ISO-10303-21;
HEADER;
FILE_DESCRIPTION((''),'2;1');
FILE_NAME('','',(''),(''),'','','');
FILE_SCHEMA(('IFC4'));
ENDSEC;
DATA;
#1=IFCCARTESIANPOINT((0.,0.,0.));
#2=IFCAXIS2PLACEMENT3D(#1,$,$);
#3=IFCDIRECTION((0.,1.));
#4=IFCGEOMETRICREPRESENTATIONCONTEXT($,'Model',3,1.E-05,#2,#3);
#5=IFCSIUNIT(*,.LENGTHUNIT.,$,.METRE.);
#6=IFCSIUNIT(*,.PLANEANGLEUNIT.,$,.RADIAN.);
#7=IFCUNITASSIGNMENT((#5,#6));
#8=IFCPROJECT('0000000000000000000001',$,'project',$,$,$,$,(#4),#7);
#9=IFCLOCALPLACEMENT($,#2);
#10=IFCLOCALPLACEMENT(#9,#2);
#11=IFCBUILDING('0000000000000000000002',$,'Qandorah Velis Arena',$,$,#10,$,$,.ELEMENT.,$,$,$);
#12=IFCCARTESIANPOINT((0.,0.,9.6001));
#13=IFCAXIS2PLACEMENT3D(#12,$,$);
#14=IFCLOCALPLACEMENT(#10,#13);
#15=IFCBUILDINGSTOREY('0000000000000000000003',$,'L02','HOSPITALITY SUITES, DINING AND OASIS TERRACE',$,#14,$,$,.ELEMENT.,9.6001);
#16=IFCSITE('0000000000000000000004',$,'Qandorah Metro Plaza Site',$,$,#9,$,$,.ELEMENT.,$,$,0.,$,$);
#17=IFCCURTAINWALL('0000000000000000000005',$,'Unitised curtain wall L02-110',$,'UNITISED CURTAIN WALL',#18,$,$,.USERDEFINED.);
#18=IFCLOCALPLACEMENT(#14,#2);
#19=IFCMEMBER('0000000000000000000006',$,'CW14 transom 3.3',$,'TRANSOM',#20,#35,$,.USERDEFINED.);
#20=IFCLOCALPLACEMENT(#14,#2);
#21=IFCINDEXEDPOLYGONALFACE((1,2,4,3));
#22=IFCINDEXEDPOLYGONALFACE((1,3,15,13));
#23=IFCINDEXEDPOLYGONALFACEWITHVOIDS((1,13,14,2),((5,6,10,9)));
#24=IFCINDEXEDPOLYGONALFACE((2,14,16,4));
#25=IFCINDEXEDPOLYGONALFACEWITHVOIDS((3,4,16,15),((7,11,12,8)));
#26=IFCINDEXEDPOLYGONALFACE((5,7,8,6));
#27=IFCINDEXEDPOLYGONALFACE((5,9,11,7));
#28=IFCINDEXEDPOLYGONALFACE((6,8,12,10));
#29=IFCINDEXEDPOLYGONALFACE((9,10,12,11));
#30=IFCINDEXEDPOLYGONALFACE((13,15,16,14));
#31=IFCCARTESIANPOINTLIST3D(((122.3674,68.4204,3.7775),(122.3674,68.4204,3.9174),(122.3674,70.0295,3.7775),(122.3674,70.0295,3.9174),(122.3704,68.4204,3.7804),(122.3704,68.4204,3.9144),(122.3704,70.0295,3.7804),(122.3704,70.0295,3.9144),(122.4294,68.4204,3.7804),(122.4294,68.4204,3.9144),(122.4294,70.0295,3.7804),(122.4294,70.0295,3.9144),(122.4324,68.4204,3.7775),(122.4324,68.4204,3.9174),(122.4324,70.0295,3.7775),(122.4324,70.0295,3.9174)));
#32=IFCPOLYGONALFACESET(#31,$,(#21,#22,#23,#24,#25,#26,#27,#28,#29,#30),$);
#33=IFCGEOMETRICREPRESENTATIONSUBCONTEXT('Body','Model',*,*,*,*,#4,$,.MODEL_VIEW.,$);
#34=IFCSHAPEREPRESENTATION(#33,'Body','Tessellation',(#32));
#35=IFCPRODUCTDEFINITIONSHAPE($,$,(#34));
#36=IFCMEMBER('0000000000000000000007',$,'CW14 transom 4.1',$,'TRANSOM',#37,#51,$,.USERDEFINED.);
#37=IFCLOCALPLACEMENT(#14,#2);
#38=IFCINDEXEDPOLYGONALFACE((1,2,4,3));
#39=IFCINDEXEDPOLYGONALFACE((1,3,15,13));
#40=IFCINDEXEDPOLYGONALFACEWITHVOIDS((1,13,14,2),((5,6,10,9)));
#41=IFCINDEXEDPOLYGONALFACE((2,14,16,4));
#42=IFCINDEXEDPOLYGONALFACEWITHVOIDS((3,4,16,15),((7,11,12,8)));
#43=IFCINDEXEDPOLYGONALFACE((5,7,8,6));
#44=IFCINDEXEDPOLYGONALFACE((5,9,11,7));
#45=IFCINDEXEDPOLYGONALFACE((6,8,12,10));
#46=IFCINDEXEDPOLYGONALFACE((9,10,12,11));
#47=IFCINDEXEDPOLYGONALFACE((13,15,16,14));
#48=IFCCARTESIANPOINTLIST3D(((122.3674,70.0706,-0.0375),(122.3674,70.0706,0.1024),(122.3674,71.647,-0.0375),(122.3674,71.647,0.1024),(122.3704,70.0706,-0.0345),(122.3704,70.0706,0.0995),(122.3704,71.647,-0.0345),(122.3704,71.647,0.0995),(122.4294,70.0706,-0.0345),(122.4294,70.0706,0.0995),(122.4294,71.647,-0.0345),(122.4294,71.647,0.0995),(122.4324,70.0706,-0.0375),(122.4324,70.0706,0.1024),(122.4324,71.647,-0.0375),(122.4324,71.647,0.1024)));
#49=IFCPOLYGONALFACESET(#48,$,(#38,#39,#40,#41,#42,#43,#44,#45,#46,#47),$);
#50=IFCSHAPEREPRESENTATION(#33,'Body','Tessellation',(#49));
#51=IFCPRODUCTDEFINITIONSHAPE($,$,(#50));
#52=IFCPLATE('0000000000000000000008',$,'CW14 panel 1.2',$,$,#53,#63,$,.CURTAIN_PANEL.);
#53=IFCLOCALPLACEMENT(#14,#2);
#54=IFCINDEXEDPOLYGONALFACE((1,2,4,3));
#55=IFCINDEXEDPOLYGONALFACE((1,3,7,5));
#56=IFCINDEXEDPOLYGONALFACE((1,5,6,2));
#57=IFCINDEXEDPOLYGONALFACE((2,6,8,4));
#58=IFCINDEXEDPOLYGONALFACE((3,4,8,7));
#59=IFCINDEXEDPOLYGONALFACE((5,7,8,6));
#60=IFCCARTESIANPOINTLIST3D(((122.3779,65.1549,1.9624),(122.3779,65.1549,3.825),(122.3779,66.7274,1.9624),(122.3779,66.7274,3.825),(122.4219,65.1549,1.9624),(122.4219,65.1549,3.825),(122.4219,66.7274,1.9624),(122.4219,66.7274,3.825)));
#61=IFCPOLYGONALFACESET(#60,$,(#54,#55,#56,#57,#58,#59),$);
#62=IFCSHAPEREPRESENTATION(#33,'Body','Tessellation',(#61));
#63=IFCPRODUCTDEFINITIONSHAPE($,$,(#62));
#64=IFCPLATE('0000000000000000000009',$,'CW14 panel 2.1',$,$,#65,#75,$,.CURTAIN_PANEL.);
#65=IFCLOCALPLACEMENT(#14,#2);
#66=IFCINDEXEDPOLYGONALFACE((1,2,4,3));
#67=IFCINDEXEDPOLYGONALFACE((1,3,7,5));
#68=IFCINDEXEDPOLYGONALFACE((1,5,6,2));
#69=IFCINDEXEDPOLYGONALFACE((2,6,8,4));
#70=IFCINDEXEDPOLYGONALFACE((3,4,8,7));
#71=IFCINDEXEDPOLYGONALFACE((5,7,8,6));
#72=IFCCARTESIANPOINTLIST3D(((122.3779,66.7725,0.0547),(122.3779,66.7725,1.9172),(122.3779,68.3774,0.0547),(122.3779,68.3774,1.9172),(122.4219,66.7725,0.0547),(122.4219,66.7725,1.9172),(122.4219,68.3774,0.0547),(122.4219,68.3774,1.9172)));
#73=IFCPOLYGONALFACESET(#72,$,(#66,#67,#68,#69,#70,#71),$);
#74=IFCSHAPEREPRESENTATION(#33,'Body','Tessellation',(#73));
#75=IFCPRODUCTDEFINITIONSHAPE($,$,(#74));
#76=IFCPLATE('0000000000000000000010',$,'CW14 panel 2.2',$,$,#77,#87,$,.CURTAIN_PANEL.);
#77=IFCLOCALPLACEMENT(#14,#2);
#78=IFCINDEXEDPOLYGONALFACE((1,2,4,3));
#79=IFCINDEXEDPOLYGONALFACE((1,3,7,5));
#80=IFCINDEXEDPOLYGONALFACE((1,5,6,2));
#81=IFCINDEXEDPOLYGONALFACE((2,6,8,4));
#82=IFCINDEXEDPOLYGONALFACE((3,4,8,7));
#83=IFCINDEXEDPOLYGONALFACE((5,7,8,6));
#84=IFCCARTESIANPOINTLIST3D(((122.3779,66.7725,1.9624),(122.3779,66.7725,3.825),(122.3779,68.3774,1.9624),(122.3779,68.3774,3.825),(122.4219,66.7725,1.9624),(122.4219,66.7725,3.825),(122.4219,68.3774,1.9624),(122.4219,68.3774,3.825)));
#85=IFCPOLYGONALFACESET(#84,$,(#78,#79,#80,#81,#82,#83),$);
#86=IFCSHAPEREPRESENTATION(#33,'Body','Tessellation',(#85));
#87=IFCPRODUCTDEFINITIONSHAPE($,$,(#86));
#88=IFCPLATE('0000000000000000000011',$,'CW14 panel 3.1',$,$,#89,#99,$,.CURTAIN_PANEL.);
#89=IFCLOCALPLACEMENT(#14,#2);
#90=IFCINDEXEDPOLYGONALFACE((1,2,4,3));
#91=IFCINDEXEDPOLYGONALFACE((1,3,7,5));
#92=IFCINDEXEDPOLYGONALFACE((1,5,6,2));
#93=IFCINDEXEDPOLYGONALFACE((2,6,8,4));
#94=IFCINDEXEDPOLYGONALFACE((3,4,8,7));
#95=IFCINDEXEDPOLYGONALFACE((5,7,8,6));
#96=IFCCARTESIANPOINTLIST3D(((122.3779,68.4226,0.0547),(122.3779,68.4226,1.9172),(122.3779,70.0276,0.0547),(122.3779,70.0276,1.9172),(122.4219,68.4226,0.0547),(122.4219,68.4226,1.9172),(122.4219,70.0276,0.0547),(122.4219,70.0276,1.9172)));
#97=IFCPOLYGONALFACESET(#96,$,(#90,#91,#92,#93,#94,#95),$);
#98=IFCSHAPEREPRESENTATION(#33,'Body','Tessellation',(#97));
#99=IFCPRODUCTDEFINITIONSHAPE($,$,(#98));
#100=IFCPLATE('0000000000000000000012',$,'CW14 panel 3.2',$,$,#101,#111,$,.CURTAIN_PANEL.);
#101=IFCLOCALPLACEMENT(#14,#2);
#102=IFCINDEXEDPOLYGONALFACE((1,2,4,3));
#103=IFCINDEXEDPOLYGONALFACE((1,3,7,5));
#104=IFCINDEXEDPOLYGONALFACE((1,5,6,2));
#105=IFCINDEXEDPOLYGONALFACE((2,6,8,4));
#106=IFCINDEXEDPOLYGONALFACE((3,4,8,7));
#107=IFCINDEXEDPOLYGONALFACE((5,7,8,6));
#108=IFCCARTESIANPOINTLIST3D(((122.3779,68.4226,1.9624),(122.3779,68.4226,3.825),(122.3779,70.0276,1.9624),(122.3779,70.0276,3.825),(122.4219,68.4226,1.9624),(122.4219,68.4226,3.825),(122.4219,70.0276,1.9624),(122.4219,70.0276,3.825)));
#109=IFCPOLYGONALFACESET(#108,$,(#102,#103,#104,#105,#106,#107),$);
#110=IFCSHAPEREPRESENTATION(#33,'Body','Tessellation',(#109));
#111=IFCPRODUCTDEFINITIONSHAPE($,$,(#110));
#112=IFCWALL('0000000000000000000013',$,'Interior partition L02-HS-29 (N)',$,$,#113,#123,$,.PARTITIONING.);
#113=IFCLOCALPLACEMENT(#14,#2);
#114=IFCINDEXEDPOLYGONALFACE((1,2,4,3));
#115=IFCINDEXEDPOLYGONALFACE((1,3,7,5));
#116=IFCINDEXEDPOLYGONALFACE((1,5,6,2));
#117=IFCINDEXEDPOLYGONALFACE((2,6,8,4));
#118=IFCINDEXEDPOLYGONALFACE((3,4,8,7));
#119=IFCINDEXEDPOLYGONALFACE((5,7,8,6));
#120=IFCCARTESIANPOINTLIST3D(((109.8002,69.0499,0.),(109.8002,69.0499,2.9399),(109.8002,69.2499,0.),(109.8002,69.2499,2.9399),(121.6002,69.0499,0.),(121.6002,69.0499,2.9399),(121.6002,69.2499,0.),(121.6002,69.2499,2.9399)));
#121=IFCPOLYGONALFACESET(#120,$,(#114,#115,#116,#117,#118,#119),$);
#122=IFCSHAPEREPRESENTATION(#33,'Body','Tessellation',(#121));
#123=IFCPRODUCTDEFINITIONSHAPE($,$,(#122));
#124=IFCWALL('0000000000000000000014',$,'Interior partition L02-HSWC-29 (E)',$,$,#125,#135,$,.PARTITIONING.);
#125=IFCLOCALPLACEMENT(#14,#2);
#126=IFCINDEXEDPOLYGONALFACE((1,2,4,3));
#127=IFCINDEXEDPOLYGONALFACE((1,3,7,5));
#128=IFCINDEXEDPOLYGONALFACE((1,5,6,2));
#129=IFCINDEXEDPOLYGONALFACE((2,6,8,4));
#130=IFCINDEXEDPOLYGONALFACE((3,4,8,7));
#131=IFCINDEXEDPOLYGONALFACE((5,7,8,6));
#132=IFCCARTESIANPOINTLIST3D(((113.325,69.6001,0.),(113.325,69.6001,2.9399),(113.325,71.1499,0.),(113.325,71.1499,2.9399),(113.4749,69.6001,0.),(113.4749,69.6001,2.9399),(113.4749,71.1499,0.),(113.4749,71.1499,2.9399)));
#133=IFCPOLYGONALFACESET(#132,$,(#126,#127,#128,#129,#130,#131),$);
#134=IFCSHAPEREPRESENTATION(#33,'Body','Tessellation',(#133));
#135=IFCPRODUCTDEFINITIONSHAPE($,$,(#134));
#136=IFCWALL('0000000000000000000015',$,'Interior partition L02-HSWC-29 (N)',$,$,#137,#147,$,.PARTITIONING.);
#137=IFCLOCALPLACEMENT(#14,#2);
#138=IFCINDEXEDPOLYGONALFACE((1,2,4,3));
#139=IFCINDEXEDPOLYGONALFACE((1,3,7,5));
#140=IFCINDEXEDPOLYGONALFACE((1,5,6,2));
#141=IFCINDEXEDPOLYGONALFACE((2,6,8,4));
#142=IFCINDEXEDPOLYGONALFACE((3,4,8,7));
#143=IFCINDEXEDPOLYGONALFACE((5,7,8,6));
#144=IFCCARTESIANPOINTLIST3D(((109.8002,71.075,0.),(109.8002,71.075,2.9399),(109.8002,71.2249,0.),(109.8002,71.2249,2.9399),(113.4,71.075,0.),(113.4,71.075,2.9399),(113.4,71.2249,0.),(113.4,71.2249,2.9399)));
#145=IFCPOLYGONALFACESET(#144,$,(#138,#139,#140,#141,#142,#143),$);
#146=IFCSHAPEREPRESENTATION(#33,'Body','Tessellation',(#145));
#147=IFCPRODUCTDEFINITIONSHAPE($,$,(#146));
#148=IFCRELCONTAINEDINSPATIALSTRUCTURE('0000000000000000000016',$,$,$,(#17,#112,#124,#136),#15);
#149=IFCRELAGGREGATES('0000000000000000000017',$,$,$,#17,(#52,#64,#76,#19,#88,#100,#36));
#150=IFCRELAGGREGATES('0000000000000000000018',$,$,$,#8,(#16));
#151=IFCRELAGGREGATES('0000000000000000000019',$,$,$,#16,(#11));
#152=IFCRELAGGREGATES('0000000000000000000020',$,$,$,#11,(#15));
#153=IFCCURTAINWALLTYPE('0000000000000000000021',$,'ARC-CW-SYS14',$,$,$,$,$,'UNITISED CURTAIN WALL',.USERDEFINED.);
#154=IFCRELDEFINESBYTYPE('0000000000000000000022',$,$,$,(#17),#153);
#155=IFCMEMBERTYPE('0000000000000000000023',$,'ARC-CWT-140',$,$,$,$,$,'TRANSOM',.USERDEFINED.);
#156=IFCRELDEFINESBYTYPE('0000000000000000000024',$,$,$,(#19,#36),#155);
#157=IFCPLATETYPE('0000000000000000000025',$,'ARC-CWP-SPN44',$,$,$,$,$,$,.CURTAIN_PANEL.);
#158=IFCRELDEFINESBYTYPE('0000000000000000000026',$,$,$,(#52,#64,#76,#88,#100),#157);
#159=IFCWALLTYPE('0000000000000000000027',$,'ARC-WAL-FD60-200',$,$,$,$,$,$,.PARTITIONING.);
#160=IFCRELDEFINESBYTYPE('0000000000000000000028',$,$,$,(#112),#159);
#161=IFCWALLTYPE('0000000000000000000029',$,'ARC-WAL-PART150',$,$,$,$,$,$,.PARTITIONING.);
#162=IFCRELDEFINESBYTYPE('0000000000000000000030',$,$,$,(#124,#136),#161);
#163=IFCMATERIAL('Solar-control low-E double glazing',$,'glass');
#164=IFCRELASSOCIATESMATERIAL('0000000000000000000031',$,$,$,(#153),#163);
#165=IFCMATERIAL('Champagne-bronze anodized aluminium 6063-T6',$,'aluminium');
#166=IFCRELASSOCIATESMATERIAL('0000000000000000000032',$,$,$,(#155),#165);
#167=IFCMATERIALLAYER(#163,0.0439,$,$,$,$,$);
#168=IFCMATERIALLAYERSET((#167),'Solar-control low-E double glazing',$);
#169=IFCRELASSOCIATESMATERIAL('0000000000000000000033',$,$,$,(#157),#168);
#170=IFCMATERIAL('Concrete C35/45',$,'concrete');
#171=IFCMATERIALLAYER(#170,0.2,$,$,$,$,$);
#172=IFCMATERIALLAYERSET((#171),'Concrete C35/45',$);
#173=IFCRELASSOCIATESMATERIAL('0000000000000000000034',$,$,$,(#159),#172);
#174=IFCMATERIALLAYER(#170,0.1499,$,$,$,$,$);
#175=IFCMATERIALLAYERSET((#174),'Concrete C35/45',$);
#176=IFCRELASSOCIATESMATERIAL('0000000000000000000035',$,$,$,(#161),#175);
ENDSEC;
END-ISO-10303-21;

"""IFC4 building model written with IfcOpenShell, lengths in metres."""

from ifc_helpers import new_model, si_unit, direction, frame, frame_2d, origin, origin_2d, place, context, subcontext, project, spatial, rectangle, hollow_rectangle, extrude, material, layer, layer_set, material_profile, profile_set, type_object, element, aggregate, save


model = new_model("IFC4")

# Units and contexts
model_context = context("Model", 3, precision=1e-05, world=origin(), true_north=direction((0.0, 1.0)))
body_context = subcontext(model_context, "Body", "Model", "MODEL_VIEW")
ifc_project = project(units=[si_unit("LENGTHUNIT", "METRE"), si_unit("PLANEANGLEUNIT", "RADIAN")], contexts=[model_context])

# Site, building, storey
site_placement = place(None, origin())
site = spatial("IfcSite", under=ifc_project, at=site_placement, Name="Qandorah Metro Plaza Site", CompositionType="ELEMENT", RefElevation=0.0)
building_placement = place(site_placement, origin())
building = spatial("IfcBuilding", under=site, at=building_placement, Name="Qandorah Velis Arena", CompositionType="ELEMENT")
storey_placement = place(building_placement, frame((0.0, 0.0, 9.6001)))
storey = spatial("IfcBuildingStorey", under=building, at=storey_placement, Name="L02", Description="HOSPITALITY SUITES, DINING AND OASIS TERRACE", CompositionType="ELEMENT", Elevation=9.6001)

# Curtain wall, members, plates
ifc_material_1 = material(Name="Solar-control low-E double glazing", Category="glass")
curtain_wall_type = type_object("IfcCurtainWallType", Name="ARC-CW-SYS14", ElementType="UNITISED CURTAIN WALL", PredefinedType="USERDEFINED", material=ifc_material_1)
curtain_wall_placement = place(storey_placement, origin())
curtain_wall = element("IfcCurtainWall", 1, at=curtain_wall_placement, inside=storey, type_object=curtain_wall_type, Name="Unitised curtain wall L02-110", ObjectType="UNITISED CURTAIN WALL", PredefinedType="USERDEFINED")
ifc_material_2 = material(Name="Champagne-bronze anodized aluminium 6063-T6", Category="aluminium")
ifc_material_profile_1 = material_profile(ifc_material_2, hollow_rectangle(XDim=0.0649, YDim=0.1399, WallThickness=0.0029, at=origin_2d()), Name="ALU TRANSOM 65x140")
ifc_profile_set_1 = profile_set([ifc_material_profile_1], Name="Champagne-bronze anodized aluminium 6063-T6")
member_type_1 = type_object("IfcMemberType", Name="ARC-CWT-140", ElementType="TRANSOM", PredefinedType="USERDEFINED", material=ifc_profile_set_1)
member_1_placement = place(storey_placement, frame((122.3999, 68.4204, 3.8474), z_axis=(0.0, 1.0, 0.0), x_axis=(-1.0, 0.0, 0.0)))
member_1 = element("IfcMember", 2, at=member_1_placement, type_object=member_type_1, Name="CW14 transom 3.3", ObjectType="TRANSOM", PredefinedType="USERDEFINED", context=body_context, shape_type="SweptSolid", body=[
    extrude(hollow_rectangle(XDim=0.0649, YDim=0.1399, WallThickness=0.0029, at=origin_2d()), origin(), (0.0, 0.0, 1.0), 1.6091),
])
member_2_placement = place(storey_placement, frame((122.3999, 70.0706, 0.0325), z_axis=(0.0, 1.0, 0.0), x_axis=(-1.0, 0.0, 0.0)))
member_2 = element("IfcMember", 3, at=member_2_placement, type_object=member_type_1, Name="CW14 transom 4.1", ObjectType="TRANSOM", PredefinedType="USERDEFINED", context=body_context, shape_type="SweptSolid", body=[
    extrude(hollow_rectangle(XDim=0.0649, YDim=0.1399, WallThickness=0.0029, at=origin_2d()), origin(), (0.0, 0.0, 1.0), 1.5764),
])
ifc_layer_1 = layer(ifc_material_1, 0.0439)
ifc_layer_set_1 = layer_set([ifc_layer_1], Name="Solar-control low-E double glazing")
plate_type = type_object("IfcPlateType", Name="ARC-CWP-SPN44", PredefinedType="CURTAIN_PANEL", material=ifc_layer_set_1)
plate_1_placement = place(storey_placement, frame((122.3999, 65.9412, 1.9624), z_axis=(0.0, 0.0, 1.0), x_axis=(0.0, 1.0, 0.0)))
plate_1 = element("IfcPlate", 4, at=plate_1_placement, type_object=plate_type, Name="CW14 panel 1.2", PredefinedType="CURTAIN_PANEL", context=body_context, shape_type="SweptSolid", body=[
    extrude(rectangle(XDim=1.5725, YDim=0.0439, at=origin_2d()), origin(), (0.0, 0.0, 1.0), 1.8625),
])
plate_2_placement = place(storey_placement, frame((122.3999, 67.575, 0.0547), z_axis=(0.0, 0.0, 1.0), x_axis=(0.0, 1.0, 0.0)))
plate_2 = element("IfcPlate", 5, at=plate_2_placement, type_object=plate_type, Name="CW14 panel 2.1", PredefinedType="CURTAIN_PANEL", context=body_context, shape_type="SweptSolid", body=[
    extrude(rectangle(XDim=1.605, YDim=0.0439, at=origin_2d()), origin(), (0.0, 0.0, 1.0), 1.8625),
])
plate_3_placement = place(storey_placement, frame((122.3999, 67.575, 1.9624), z_axis=(0.0, 0.0, 1.0), x_axis=(0.0, 1.0, 0.0)))
plate_3 = element("IfcPlate", 6, at=plate_3_placement, type_object=plate_type, Name="CW14 panel 2.2", PredefinedType="CURTAIN_PANEL", context=body_context, shape_type="SweptSolid", body=[
    extrude(rectangle(XDim=1.605, YDim=0.0439, at=origin_2d()), origin(), (0.0, 0.0, 1.0), 1.8625),
])
plate_4_placement = place(storey_placement, frame((122.3999, 69.2251, 0.0547), z_axis=(0.0, 0.0, 1.0), x_axis=(0.0, 1.0, 0.0)))
plate_4 = element("IfcPlate", 7, at=plate_4_placement, type_object=plate_type, Name="CW14 panel 3.1", PredefinedType="CURTAIN_PANEL", context=body_context, shape_type="SweptSolid", body=[
    extrude(rectangle(XDim=1.605, YDim=0.0439, at=origin_2d()), origin(), (0.0, 0.0, 1.0), 1.8625),
])
plate_5_placement = place(storey_placement, frame((122.3999, 69.2251, 1.9624), z_axis=(0.0, 0.0, 1.0), x_axis=(0.0, 1.0, 0.0)))
plate_5 = element("IfcPlate", 8, at=plate_5_placement, type_object=plate_type, Name="CW14 panel 3.2", PredefinedType="CURTAIN_PANEL", context=body_context, shape_type="SweptSolid", body=[
    extrude(rectangle(XDim=1.605, YDim=0.0439, at=origin_2d()), origin(), (0.0, 0.0, 1.0), 1.8625),
])
aggregate(curtain_wall, [plate_1, plate_2, plate_3, member_1, plate_4, plate_5, member_2])

# Walls
ifc_material_3 = material(Name="Concrete C35/45", Category="concrete")
ifc_layer_2 = layer(ifc_material_3, 0.2)
ifc_layer_set_2 = layer_set([ifc_layer_2], Name="Concrete C35/45")
wall_type_1 = type_object("IfcWallType", Name="ARC-WAL-FD60-200", PredefinedType="PARTITIONING", material=ifc_layer_set_2)
wall_1_placement = place(storey_placement, frame((121.6001, 69.1499, 0.0), z_axis=(0.0, 0.0, 1.0), x_axis=(-1.0, 0.0, 0.0)))
element("IfcWall", 9, at=wall_1_placement, inside=storey, type_object=wall_type_1, Name="Interior partition L02-HS-29 (N)", PredefinedType="PARTITIONING", context=body_context, shape_type="SweptSolid", body=[
    extrude(rectangle(XDim=11.8, YDim=0.2, at=frame_2d((5.8999, 0.0))), origin(), (0.0, 0.0, 1.0), 2.9399),
])
ifc_layer_3 = layer(ifc_material_3, 0.1499)
ifc_layer_set_3 = layer_set([ifc_layer_3], Name="Concrete C35/45")
wall_type_2 = type_object("IfcWallType", Name="ARC-WAL-PART150", PredefinedType="PARTITIONING", material=ifc_layer_set_3)
wall_2_placement = place(storey_placement, frame((113.3999, 69.6001, 0.0), z_axis=(0.0, 0.0, 1.0), x_axis=(0.0, 1.0, 0.0)))
element("IfcWall", 10, at=wall_2_placement, inside=storey, type_object=wall_type_2, Name="Interior partition L02-HSWC-29 (E)", PredefinedType="PARTITIONING", context=body_context, shape_type="SweptSolid", body=[
    extrude(rectangle(XDim=1.5498, YDim=0.1499, at=frame_2d((0.7749, 0.0))), origin(), (0.0, 0.0, 1.0), 2.9399),
])
wall_3_placement = place(storey_placement, frame((113.3999, 71.1499, 0.0), z_axis=(0.0, 0.0, 1.0), x_axis=(-1.0, 0.0, 0.0)))
element("IfcWall", 11, at=wall_3_placement, inside=storey, type_object=wall_type_2, Name="Interior partition L02-HSWC-29 (N)", PredefinedType="PARTITIONING", context=body_context, shape_type="SweptSolid", body=[
    extrude(rectangle(XDim=3.5999, YDim=0.1499, at=frame_2d((1.7998, 0.0))), origin(), (0.0, 0.0, 1.0), 2.9399),
])

save(model, "model.ifc")
